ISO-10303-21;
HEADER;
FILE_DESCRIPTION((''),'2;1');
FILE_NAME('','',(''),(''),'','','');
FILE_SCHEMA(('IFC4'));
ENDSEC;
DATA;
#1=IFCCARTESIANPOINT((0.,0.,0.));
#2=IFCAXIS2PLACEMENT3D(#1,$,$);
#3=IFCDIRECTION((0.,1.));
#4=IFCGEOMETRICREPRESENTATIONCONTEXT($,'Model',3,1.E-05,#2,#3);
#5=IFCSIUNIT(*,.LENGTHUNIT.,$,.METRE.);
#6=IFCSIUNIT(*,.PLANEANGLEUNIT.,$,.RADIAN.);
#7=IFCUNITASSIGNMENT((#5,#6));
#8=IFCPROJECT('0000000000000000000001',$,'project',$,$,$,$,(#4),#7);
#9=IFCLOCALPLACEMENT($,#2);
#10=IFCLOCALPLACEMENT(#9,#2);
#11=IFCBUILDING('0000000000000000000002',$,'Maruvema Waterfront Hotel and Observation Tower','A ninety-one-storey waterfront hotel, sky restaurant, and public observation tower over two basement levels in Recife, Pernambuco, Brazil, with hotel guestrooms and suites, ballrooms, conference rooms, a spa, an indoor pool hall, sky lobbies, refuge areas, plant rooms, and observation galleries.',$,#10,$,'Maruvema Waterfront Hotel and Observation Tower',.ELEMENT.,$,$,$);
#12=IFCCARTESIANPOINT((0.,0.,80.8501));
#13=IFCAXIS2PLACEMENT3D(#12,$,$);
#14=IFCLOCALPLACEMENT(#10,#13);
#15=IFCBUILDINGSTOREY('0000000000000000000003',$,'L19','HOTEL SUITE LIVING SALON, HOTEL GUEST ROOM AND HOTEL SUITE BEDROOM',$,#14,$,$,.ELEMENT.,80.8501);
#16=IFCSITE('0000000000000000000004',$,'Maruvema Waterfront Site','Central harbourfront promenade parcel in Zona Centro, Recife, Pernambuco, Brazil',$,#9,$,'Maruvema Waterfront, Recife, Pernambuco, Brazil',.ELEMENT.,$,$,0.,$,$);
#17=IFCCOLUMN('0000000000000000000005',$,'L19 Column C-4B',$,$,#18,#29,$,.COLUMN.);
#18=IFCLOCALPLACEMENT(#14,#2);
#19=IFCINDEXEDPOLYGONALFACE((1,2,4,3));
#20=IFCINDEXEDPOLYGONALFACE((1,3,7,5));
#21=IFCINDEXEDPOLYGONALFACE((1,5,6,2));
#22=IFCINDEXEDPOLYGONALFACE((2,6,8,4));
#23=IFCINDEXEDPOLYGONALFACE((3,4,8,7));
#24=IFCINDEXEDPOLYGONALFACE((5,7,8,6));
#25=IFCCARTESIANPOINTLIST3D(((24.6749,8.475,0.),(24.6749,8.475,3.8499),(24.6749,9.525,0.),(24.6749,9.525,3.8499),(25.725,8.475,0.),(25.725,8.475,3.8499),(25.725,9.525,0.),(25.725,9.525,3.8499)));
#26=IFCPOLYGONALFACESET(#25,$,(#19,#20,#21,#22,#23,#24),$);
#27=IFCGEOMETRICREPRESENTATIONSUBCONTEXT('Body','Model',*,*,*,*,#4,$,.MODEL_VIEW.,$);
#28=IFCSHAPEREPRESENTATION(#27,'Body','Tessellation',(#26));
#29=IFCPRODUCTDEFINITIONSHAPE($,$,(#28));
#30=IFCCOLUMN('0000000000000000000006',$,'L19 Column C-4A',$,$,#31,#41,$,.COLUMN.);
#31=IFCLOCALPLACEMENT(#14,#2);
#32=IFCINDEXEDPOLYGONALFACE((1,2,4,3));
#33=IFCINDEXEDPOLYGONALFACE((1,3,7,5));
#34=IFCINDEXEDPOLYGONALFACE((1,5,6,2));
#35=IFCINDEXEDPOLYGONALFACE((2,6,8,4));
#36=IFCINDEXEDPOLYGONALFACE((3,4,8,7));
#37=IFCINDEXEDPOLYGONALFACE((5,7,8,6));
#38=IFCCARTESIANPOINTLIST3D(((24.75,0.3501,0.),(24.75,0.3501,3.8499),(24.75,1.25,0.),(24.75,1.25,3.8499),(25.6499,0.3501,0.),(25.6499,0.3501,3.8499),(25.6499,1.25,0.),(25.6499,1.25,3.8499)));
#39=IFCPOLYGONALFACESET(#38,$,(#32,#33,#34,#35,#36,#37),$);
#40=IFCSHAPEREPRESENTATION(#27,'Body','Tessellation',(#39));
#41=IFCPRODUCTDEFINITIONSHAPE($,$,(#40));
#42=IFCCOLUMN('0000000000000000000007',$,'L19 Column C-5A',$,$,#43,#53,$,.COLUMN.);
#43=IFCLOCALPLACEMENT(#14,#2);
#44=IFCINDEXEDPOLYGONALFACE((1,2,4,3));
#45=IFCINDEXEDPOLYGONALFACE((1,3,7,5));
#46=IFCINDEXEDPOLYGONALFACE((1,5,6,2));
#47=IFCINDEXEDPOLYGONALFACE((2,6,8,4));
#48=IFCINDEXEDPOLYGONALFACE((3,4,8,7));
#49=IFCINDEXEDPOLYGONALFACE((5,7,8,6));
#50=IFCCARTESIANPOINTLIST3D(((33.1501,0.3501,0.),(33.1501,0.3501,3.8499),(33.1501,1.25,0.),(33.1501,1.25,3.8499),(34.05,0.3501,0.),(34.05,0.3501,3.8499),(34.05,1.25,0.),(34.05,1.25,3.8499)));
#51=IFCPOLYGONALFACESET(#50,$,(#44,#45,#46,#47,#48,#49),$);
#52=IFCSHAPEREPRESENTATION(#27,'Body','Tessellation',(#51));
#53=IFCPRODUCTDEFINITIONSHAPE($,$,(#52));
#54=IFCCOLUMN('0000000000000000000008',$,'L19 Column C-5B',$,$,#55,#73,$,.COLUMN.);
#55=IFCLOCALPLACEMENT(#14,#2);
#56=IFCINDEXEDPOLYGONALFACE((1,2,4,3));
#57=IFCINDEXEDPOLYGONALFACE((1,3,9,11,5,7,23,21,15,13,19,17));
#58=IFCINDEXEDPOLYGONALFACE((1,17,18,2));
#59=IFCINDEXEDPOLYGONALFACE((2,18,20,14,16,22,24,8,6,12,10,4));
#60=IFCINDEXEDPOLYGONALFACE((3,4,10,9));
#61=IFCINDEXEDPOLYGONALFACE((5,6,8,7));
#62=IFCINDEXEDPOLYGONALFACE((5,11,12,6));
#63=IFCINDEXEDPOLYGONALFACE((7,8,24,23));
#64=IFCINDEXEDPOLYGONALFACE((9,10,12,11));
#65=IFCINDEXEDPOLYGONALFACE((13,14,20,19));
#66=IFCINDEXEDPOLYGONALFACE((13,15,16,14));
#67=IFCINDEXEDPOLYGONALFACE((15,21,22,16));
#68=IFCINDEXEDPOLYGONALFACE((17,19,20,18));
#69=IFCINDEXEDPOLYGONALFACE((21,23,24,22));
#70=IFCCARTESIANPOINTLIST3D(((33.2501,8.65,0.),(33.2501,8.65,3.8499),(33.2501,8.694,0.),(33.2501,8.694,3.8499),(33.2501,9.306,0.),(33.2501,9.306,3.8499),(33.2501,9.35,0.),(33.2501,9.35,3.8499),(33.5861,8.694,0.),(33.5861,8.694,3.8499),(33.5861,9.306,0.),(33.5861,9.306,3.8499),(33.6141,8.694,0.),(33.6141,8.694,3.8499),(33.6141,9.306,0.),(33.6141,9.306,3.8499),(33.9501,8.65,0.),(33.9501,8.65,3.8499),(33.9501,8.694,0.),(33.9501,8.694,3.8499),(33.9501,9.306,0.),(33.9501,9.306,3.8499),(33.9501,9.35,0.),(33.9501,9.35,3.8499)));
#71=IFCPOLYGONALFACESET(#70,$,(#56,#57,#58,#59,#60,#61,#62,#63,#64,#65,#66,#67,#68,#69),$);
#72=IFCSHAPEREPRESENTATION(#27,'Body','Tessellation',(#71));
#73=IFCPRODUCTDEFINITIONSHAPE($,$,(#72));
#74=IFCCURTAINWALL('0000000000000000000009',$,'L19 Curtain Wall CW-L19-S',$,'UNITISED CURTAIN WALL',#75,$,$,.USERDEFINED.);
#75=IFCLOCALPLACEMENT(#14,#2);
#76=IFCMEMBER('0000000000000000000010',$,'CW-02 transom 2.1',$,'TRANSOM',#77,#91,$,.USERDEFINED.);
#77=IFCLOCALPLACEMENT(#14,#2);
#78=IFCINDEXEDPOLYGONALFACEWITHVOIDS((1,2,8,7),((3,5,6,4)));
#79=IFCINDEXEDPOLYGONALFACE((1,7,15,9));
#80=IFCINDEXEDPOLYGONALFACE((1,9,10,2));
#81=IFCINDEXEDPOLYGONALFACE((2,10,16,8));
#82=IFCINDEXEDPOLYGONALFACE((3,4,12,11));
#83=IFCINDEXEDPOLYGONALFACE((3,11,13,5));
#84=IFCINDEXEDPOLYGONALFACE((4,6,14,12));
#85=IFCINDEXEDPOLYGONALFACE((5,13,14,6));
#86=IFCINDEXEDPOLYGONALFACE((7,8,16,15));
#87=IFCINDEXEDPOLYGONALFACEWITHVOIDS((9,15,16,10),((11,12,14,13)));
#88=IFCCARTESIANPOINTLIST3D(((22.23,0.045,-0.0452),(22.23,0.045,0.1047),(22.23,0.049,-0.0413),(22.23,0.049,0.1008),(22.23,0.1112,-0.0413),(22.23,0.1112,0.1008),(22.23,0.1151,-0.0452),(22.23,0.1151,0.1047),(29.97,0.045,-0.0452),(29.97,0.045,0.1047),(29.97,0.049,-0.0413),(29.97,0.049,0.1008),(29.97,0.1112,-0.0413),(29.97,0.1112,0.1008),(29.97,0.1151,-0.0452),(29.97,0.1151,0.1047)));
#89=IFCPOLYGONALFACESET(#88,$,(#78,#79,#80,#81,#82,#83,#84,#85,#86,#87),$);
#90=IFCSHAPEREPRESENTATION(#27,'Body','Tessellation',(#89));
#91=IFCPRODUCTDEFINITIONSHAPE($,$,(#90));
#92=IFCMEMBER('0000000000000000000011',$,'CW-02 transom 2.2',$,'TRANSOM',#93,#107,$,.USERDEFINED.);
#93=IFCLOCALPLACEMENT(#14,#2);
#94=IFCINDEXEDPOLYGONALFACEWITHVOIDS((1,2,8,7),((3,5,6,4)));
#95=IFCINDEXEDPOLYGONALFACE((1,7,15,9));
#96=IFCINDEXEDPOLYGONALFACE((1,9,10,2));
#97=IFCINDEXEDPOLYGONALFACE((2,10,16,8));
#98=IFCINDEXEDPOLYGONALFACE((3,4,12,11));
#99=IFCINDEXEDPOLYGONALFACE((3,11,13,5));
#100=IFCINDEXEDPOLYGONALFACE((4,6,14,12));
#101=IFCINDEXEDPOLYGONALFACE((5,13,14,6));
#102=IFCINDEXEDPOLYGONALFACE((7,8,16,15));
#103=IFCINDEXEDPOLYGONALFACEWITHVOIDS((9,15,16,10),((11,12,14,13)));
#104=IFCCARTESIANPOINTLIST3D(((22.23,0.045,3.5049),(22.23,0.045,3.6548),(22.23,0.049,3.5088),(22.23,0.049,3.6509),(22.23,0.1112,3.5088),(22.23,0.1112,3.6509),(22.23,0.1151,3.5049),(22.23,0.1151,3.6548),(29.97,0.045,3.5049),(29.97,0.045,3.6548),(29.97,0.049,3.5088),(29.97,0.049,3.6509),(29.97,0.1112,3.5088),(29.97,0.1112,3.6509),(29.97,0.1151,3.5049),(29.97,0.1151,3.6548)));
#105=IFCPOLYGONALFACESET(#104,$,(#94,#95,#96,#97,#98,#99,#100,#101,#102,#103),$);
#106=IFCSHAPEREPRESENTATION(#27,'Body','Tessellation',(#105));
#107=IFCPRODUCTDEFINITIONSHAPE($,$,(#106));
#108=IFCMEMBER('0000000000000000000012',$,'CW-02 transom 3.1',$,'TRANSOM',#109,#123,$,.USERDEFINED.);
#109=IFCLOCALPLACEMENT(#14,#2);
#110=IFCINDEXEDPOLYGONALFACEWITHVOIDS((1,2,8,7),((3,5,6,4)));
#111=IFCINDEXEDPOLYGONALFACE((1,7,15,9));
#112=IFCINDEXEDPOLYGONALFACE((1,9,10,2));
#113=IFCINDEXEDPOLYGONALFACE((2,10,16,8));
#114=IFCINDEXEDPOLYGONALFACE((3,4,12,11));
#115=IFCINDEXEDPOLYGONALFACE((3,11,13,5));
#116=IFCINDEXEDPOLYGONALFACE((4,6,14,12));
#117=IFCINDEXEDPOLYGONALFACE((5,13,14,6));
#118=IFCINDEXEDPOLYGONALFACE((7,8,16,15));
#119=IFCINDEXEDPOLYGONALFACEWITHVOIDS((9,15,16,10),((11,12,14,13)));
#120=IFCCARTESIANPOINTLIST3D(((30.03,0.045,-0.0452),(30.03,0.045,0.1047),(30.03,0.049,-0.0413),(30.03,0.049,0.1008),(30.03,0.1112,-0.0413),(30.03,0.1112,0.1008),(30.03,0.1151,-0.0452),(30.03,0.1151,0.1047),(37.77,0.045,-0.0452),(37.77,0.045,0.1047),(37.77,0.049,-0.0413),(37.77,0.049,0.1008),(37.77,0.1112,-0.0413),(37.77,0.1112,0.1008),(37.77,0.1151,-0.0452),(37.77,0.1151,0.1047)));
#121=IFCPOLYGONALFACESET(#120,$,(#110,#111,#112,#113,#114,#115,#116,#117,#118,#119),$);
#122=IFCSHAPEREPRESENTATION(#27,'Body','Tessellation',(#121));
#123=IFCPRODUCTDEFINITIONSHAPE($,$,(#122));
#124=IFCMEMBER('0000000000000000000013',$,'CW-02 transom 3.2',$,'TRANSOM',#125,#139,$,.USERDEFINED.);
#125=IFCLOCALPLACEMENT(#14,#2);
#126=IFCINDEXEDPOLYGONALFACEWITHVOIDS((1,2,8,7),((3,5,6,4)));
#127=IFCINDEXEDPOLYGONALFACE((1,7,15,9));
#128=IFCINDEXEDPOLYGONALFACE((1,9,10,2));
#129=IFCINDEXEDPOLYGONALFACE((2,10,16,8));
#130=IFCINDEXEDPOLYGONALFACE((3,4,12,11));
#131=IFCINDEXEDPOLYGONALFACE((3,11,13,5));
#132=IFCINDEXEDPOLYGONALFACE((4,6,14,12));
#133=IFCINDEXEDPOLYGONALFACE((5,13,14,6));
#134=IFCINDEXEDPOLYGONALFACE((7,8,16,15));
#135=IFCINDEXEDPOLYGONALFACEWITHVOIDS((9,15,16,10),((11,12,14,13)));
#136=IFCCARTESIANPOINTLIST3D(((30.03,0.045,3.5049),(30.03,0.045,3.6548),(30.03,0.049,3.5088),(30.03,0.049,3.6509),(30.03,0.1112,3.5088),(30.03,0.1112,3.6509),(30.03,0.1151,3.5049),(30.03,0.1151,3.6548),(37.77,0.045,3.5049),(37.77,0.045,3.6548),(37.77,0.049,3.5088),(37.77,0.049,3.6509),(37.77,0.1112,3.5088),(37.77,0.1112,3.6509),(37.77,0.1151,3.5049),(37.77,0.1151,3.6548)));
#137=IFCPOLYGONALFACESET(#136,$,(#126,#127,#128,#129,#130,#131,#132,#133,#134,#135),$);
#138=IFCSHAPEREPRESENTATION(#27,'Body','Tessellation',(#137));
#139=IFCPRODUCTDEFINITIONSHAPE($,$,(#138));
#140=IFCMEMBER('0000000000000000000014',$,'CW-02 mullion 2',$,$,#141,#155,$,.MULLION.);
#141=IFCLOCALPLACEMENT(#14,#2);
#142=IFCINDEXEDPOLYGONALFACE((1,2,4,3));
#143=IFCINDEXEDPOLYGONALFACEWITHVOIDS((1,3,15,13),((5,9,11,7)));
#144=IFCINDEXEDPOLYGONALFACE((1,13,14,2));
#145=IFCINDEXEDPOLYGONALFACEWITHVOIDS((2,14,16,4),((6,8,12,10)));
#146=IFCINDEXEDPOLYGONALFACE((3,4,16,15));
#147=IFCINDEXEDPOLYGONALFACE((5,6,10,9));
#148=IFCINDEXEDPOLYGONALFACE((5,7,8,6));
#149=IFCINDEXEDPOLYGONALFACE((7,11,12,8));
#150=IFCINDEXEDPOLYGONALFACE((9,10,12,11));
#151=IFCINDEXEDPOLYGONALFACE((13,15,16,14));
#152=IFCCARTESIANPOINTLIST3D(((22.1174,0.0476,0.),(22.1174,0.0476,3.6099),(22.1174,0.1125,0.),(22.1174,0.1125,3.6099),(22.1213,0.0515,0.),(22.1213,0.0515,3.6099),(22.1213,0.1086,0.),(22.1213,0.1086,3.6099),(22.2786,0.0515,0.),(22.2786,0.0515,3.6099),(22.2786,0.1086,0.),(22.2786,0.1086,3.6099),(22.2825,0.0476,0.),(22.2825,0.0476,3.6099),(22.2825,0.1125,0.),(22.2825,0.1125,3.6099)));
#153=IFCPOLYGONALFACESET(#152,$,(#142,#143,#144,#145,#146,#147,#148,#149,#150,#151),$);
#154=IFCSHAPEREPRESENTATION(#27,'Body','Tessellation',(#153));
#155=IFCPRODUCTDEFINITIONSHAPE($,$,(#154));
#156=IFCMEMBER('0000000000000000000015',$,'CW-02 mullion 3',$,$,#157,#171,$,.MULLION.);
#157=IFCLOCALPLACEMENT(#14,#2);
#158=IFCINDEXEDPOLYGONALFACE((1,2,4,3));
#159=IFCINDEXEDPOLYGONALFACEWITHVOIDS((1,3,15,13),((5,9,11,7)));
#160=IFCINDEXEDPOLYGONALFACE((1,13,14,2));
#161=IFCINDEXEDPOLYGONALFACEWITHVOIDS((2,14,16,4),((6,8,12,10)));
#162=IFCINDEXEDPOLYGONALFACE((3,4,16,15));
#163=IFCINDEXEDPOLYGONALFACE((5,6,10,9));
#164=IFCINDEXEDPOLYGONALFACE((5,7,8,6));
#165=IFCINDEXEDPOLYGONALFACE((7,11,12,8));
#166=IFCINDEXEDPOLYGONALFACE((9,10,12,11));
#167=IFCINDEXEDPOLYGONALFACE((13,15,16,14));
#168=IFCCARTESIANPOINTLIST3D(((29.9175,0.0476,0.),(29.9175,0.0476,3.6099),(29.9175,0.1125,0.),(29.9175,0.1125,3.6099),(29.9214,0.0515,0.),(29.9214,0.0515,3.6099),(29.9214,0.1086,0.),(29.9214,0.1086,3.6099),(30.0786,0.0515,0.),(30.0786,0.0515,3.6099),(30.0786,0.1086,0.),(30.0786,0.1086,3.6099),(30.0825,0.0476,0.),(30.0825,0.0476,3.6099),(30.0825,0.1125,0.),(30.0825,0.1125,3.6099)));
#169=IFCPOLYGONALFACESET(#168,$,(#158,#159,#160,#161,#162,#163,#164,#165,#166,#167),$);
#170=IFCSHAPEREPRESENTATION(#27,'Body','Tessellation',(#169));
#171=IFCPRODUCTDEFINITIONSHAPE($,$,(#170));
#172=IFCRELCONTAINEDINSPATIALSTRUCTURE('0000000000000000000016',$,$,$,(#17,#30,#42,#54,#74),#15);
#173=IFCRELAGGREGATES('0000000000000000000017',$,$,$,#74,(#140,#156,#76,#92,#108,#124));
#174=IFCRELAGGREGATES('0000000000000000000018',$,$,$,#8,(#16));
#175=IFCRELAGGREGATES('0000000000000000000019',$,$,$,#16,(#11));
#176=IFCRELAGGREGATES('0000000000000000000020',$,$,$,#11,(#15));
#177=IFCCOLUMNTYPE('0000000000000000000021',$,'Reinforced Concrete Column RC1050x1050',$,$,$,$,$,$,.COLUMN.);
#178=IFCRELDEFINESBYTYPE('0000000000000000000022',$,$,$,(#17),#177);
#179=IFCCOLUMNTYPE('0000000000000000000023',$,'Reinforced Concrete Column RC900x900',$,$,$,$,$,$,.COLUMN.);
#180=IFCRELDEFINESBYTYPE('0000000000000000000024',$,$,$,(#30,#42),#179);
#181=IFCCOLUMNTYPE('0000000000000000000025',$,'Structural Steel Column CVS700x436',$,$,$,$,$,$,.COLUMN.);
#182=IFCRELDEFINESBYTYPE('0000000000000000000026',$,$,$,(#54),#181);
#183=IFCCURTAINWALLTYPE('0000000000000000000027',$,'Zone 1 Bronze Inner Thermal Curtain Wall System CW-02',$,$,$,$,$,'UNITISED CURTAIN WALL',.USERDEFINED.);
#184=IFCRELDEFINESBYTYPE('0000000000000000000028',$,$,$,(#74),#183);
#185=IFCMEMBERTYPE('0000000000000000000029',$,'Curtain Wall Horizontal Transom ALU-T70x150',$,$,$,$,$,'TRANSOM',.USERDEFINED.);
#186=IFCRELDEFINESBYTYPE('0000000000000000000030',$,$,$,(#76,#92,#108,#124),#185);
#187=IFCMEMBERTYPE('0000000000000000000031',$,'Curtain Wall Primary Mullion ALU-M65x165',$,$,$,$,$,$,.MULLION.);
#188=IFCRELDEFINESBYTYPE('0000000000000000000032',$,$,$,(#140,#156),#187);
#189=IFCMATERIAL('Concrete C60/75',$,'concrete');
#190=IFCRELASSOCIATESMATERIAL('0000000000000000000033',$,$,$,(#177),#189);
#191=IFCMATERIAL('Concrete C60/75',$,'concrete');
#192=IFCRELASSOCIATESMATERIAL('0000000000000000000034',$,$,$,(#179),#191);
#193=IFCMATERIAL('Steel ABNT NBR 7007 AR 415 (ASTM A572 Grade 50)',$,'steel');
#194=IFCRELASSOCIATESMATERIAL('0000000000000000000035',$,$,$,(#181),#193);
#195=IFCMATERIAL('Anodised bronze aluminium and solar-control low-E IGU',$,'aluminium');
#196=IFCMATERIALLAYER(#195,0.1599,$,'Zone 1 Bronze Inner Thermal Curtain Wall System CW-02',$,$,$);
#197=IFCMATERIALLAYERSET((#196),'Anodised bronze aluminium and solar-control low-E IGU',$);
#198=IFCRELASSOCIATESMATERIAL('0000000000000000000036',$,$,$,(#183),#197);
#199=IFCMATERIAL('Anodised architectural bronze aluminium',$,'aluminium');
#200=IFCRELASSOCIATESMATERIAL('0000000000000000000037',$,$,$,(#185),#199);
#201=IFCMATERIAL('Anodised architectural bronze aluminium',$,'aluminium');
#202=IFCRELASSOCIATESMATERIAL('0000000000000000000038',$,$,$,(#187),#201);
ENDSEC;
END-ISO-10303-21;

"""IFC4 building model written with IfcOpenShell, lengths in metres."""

from ifc_helpers import new_model, si_unit, direction, frame, origin, origin_2d, place, context, subcontext, project, spatial, rectangle, hollow_rectangle, i_section, extrude, material, layer, layer_set, material_profile, profile_set, type_object, element, aggregate, save


model = new_model("IFC4")

# Units and contexts
model_context = context("Model", 3, precision=1e-05, world=origin(), true_north=direction((0.0, 1.0)))
body_context = subcontext(model_context, "Body", "Model", "MODEL_VIEW")
ifc_project = project(units=[si_unit("LENGTHUNIT", "METRE"), si_unit("PLANEANGLEUNIT", "RADIAN")], contexts=[model_context])

# Site, building, storey
site_placement = place(None, origin())
site = spatial("IfcSite", under=ifc_project, at=site_placement, Name="Maruvema Waterfront Site", Description="Central harbourfront promenade parcel in Zona Centro, Recife, Pernambuco, Brazil", LongName="Maruvema Waterfront, Recife, Pernambuco, Brazil", CompositionType="ELEMENT", RefElevation=0.0)
building_placement = place(site_placement, origin())
building = spatial("IfcBuilding", under=site, at=building_placement, Name="Maruvema Waterfront Hotel and Observation Tower", Description="A ninety-one-storey waterfront hotel, sky restaurant, and public observation tower over two basement levels in Recife, Pernambuco, Brazil, with hotel guestrooms and suites, ballrooms, conference rooms, a spa, an indoor pool hall, sky lobbies, refuge areas, plant rooms, and observation galleries.", LongName="Maruvema Waterfront Hotel and Observation Tower", CompositionType="ELEMENT")
storey_placement = place(building_placement, frame((0.0, 0.0, 80.8501)))
storey = spatial("IfcBuildingStorey", under=building, at=storey_placement, Name="L19", Description="HOTEL SUITE LIVING SALON, HOTEL GUEST ROOM AND HOTEL SUITE BEDROOM", CompositionType="ELEMENT", Elevation=80.8501)

# Columns
ifc_material_1 = material(Name="Concrete C60/75", Category="concrete")
ifc_material_profile_1 = material_profile(ifc_material_1, rectangle(XDim=1.05, YDim=1.05, at=origin_2d()), Name="RC1050x1050")
ifc_profile_set_1 = profile_set([ifc_material_profile_1], Name="Concrete C60/75")
column_type_1 = type_object("IfcColumnType", Name="Reinforced Concrete Column RC1050x1050", PredefinedType="COLUMN", material=ifc_profile_set_1)
column_1_placement = place(storey_placement, frame((25.2, 9.0, 0.0), z_axis=(0.0, 0.0, 1.0), x_axis=(1.0, 0.0, 0.0)))
element("IfcColumn", 1, at=column_1_placement, inside=storey, type_object=column_type_1, Name="L19 Column C-4B", PredefinedType="COLUMN", context=body_context, shape_type="SweptSolid", body=[
    extrude(rectangle(XDim=1.05, YDim=1.05, at=origin_2d()), origin(), (0.0, 0.0, 1.0), 3.8499),
])
ifc_material_2 = material(Name="Concrete C60/75", Category="concrete")
ifc_material_profile_2 = material_profile(ifc_material_2, rectangle(XDim=0.8999, YDim=0.8999, at=origin_2d()), Name="RC900x900")
ifc_profile_set_2 = profile_set([ifc_material_profile_2], Name="Concrete C60/75")
column_type_2 = type_object("IfcColumnType", Name="Reinforced Concrete Column RC900x900", PredefinedType="COLUMN", material=ifc_profile_set_2)
for number, where, z_axis, x_axis, name in (
    (2, (25.2, 0.8, 0.0), (0.0, 0.0, 1.0), (1.0, 0.0, 0.0), "L19 Column C-4A"),
    (3, (33.6001, 0.8, 0.0), (0.0, 0.0, 1.0), (1.0, 0.0, 0.0), "L19 Column C-5A"),
):
    element("IfcColumn", number, at=place(storey_placement, frame(where, z_axis=z_axis, x_axis=x_axis)), inside=storey, type_object=column_type_2, Name=name, PredefinedType="COLUMN", context=body_context, shape_type="SweptSolid", body=[
        extrude(rectangle(XDim=0.8999, YDim=0.8999, at=origin_2d()), origin(), (0.0, 0.0, 1.0), 3.8499),
    ])
ifc_material_3 = material(Name="Steel ABNT NBR 7007 AR 415 (ASTM A572 Grade 50)", Category="steel")
ifc_material_profile_3 = material_profile(ifc_material_3, i_section(OverallWidth=0.7, OverallDepth=0.7, WebThickness=0.0281, FlangeThickness=0.0439, at=origin_2d()), Name="CVS700x436")
ifc_profile_set_3 = profile_set([ifc_material_profile_3], Name="Steel ABNT NBR 7007 AR 415 (ASTM A572 Grade 50)")
column_type_3 = type_object("IfcColumnType", Name="Structural Steel Column CVS700x436", PredefinedType="COLUMN", material=ifc_profile_set_3)
column_2_placement = place(storey_placement, frame((33.6001, 9.0, 0.0), z_axis=(0.0, 0.0, 1.0), x_axis=(1.0, 0.0, 0.0)))
element("IfcColumn", 4, at=column_2_placement, inside=storey, type_object=column_type_3, Name="L19 Column C-5B", PredefinedType="COLUMN", context=body_context, shape_type="SweptSolid", body=[
    extrude(i_section(OverallWidth=0.7, OverallDepth=0.7, WebThickness=0.0281, FlangeThickness=0.0439, at=origin_2d()), origin(), (0.0, 0.0, 1.0), 3.8499),
])

# Curtain wall, members
ifc_material_4 = material(Name="Anodised bronze aluminium and solar-control low-E IGU", Category="aluminium")
ifc_layer_1 = layer(ifc_material_4, 0.1599, Name="Zone 1 Bronze Inner Thermal Curtain Wall System CW-02")
ifc_layer_set_1 = layer_set([ifc_layer_1], Name="Anodised bronze aluminium and solar-control low-E IGU")
curtain_wall_type = type_object("IfcCurtainWallType", Name="Zone 1 Bronze Inner Thermal Curtain Wall System CW-02", ElementType="UNITISED CURTAIN WALL", PredefinedType="USERDEFINED", material=ifc_layer_set_1)
curtain_wall_placement = place(storey_placement, origin())
curtain_wall = element("IfcCurtainWall", 5, at=curtain_wall_placement, inside=storey, type_object=curtain_wall_type, Name="L19 Curtain Wall CW-L19-S", ObjectType="UNITISED CURTAIN WALL", PredefinedType="USERDEFINED")
ifc_material_5 = material(Name="Anodised architectural bronze aluminium", Category="aluminium")
ifc_material_profile_4 = material_profile(ifc_material_5, hollow_rectangle(XDim=0.0701, YDim=0.1499, WallThickness=0.0039, at=origin_2d()), Name="ALU-T70x150")
ifc_profile_set_4 = profile_set([ifc_material_profile_4], Name="Anodised architectural bronze aluminium")
member_type_1 = type_object("IfcMemberType", Name="Curtain Wall Horizontal Transom ALU-T70x150", ElementType="TRANSOM", PredefinedType="USERDEFINED", material=ifc_profile_set_4)
member_1_placement = place(storey_placement, frame((22.23, 0.0801, 0.0298), z_axis=(1.0, 0.0, 0.0), x_axis=(0.0, 1.0, 0.0)))
member_1 = element("IfcMember", 6, at=member_1_placement, type_object=member_type_1, Name="CW-02 transom 2.1", ObjectType="TRANSOM", PredefinedType="USERDEFINED", context=body_context, shape_type="SweptSolid", body=[
    extrude(hollow_rectangle(XDim=0.0701, YDim=0.1499, WallThickness=0.0039, at=origin_2d()), origin(), (0.0, 0.0, 1.0), 7.74),
])
member_2_placement = place(storey_placement, frame((22.23, 0.0801, 3.5798), z_axis=(1.0, 0.0, 0.0), x_axis=(0.0, 1.0, 0.0)))
member_2 = element("IfcMember", 7, at=member_2_placement, type_object=member_type_1, Name="CW-02 transom 2.2", ObjectType="TRANSOM", PredefinedType="USERDEFINED", context=body_context, shape_type="SweptSolid", body=[
    extrude(hollow_rectangle(XDim=0.0701, YDim=0.1499, WallThickness=0.0039, at=origin_2d()), origin(), (0.0, 0.0, 1.0), 7.74),
])
member_3_placement = place(storey_placement, frame((30.03, 0.0801, 0.0298), z_axis=(1.0, 0.0, 0.0), x_axis=(0.0, 1.0, 0.0)))
member_3 = element("IfcMember", 8, at=member_3_placement, type_object=member_type_1, Name="CW-02 transom 3.1", ObjectType="TRANSOM", PredefinedType="USERDEFINED", context=body_context, shape_type="SweptSolid", body=[
    extrude(hollow_rectangle(XDim=0.0701, YDim=0.1499, WallThickness=0.0039, at=origin_2d()), origin(), (0.0, 0.0, 1.0), 7.74),
])
member_4_placement = place(storey_placement, frame((30.03, 0.0801, 3.5798), z_axis=(1.0, 0.0, 0.0), x_axis=(0.0, 1.0, 0.0)))
member_4 = element("IfcMember", 9, at=member_4_placement, type_object=member_type_1, Name="CW-02 transom 3.2", ObjectType="TRANSOM", PredefinedType="USERDEFINED", context=body_context, shape_type="SweptSolid", body=[
    extrude(hollow_rectangle(XDim=0.0701, YDim=0.1499, WallThickness=0.0039, at=origin_2d()), origin(), (0.0, 0.0, 1.0), 7.74),
])
ifc_material_6 = material(Name="Anodised architectural bronze aluminium", Category="aluminium")
ifc_material_profile_5 = material_profile(ifc_material_6, hollow_rectangle(XDim=0.0649, YDim=0.165, WallThickness=0.0039, at=origin_2d()), Name="ALU-M65x165")
ifc_profile_set_5 = profile_set([ifc_material_profile_5], Name="Anodised architectural bronze aluminium")
member_type_2 = type_object("IfcMemberType", Name="Curtain Wall Primary Mullion ALU-M65x165", PredefinedType="MULLION", material=ifc_profile_set_5)
member_5_placement = place(storey_placement, frame((22.2, 0.0801, 0.0), z_axis=(0.0, 0.0, 1.0), x_axis=(0.0, 1.0, 0.0)))
member_5 = element("IfcMember", 10, at=member_5_placement, type_object=member_type_2, Name="CW-02 mullion 2", PredefinedType="MULLION", context=body_context, shape_type="SweptSolid", body=[
    extrude(hollow_rectangle(XDim=0.0649, YDim=0.165, WallThickness=0.0039, at=origin_2d()), origin(), (0.0, 0.0, 1.0), 3.6099),
])
member_6_placement = place(storey_placement, frame((30.0, 0.0801, 0.0), z_axis=(0.0, 0.0, 1.0), x_axis=(0.0, 1.0, 0.0)))
member_6 = element("IfcMember", 11, at=member_6_placement, type_object=member_type_2, Name="CW-02 mullion 3", PredefinedType="MULLION", context=body_context, shape_type="SweptSolid", body=[
    extrude(hollow_rectangle(XDim=0.0649, YDim=0.165, WallThickness=0.0039, at=origin_2d()), origin(), (0.0, 0.0, 1.0), 3.6099),
])

aggregate(curtain_wall, [member_5, member_6, member_1, member_2, member_3, member_4])

save(model, "model.ifc")
